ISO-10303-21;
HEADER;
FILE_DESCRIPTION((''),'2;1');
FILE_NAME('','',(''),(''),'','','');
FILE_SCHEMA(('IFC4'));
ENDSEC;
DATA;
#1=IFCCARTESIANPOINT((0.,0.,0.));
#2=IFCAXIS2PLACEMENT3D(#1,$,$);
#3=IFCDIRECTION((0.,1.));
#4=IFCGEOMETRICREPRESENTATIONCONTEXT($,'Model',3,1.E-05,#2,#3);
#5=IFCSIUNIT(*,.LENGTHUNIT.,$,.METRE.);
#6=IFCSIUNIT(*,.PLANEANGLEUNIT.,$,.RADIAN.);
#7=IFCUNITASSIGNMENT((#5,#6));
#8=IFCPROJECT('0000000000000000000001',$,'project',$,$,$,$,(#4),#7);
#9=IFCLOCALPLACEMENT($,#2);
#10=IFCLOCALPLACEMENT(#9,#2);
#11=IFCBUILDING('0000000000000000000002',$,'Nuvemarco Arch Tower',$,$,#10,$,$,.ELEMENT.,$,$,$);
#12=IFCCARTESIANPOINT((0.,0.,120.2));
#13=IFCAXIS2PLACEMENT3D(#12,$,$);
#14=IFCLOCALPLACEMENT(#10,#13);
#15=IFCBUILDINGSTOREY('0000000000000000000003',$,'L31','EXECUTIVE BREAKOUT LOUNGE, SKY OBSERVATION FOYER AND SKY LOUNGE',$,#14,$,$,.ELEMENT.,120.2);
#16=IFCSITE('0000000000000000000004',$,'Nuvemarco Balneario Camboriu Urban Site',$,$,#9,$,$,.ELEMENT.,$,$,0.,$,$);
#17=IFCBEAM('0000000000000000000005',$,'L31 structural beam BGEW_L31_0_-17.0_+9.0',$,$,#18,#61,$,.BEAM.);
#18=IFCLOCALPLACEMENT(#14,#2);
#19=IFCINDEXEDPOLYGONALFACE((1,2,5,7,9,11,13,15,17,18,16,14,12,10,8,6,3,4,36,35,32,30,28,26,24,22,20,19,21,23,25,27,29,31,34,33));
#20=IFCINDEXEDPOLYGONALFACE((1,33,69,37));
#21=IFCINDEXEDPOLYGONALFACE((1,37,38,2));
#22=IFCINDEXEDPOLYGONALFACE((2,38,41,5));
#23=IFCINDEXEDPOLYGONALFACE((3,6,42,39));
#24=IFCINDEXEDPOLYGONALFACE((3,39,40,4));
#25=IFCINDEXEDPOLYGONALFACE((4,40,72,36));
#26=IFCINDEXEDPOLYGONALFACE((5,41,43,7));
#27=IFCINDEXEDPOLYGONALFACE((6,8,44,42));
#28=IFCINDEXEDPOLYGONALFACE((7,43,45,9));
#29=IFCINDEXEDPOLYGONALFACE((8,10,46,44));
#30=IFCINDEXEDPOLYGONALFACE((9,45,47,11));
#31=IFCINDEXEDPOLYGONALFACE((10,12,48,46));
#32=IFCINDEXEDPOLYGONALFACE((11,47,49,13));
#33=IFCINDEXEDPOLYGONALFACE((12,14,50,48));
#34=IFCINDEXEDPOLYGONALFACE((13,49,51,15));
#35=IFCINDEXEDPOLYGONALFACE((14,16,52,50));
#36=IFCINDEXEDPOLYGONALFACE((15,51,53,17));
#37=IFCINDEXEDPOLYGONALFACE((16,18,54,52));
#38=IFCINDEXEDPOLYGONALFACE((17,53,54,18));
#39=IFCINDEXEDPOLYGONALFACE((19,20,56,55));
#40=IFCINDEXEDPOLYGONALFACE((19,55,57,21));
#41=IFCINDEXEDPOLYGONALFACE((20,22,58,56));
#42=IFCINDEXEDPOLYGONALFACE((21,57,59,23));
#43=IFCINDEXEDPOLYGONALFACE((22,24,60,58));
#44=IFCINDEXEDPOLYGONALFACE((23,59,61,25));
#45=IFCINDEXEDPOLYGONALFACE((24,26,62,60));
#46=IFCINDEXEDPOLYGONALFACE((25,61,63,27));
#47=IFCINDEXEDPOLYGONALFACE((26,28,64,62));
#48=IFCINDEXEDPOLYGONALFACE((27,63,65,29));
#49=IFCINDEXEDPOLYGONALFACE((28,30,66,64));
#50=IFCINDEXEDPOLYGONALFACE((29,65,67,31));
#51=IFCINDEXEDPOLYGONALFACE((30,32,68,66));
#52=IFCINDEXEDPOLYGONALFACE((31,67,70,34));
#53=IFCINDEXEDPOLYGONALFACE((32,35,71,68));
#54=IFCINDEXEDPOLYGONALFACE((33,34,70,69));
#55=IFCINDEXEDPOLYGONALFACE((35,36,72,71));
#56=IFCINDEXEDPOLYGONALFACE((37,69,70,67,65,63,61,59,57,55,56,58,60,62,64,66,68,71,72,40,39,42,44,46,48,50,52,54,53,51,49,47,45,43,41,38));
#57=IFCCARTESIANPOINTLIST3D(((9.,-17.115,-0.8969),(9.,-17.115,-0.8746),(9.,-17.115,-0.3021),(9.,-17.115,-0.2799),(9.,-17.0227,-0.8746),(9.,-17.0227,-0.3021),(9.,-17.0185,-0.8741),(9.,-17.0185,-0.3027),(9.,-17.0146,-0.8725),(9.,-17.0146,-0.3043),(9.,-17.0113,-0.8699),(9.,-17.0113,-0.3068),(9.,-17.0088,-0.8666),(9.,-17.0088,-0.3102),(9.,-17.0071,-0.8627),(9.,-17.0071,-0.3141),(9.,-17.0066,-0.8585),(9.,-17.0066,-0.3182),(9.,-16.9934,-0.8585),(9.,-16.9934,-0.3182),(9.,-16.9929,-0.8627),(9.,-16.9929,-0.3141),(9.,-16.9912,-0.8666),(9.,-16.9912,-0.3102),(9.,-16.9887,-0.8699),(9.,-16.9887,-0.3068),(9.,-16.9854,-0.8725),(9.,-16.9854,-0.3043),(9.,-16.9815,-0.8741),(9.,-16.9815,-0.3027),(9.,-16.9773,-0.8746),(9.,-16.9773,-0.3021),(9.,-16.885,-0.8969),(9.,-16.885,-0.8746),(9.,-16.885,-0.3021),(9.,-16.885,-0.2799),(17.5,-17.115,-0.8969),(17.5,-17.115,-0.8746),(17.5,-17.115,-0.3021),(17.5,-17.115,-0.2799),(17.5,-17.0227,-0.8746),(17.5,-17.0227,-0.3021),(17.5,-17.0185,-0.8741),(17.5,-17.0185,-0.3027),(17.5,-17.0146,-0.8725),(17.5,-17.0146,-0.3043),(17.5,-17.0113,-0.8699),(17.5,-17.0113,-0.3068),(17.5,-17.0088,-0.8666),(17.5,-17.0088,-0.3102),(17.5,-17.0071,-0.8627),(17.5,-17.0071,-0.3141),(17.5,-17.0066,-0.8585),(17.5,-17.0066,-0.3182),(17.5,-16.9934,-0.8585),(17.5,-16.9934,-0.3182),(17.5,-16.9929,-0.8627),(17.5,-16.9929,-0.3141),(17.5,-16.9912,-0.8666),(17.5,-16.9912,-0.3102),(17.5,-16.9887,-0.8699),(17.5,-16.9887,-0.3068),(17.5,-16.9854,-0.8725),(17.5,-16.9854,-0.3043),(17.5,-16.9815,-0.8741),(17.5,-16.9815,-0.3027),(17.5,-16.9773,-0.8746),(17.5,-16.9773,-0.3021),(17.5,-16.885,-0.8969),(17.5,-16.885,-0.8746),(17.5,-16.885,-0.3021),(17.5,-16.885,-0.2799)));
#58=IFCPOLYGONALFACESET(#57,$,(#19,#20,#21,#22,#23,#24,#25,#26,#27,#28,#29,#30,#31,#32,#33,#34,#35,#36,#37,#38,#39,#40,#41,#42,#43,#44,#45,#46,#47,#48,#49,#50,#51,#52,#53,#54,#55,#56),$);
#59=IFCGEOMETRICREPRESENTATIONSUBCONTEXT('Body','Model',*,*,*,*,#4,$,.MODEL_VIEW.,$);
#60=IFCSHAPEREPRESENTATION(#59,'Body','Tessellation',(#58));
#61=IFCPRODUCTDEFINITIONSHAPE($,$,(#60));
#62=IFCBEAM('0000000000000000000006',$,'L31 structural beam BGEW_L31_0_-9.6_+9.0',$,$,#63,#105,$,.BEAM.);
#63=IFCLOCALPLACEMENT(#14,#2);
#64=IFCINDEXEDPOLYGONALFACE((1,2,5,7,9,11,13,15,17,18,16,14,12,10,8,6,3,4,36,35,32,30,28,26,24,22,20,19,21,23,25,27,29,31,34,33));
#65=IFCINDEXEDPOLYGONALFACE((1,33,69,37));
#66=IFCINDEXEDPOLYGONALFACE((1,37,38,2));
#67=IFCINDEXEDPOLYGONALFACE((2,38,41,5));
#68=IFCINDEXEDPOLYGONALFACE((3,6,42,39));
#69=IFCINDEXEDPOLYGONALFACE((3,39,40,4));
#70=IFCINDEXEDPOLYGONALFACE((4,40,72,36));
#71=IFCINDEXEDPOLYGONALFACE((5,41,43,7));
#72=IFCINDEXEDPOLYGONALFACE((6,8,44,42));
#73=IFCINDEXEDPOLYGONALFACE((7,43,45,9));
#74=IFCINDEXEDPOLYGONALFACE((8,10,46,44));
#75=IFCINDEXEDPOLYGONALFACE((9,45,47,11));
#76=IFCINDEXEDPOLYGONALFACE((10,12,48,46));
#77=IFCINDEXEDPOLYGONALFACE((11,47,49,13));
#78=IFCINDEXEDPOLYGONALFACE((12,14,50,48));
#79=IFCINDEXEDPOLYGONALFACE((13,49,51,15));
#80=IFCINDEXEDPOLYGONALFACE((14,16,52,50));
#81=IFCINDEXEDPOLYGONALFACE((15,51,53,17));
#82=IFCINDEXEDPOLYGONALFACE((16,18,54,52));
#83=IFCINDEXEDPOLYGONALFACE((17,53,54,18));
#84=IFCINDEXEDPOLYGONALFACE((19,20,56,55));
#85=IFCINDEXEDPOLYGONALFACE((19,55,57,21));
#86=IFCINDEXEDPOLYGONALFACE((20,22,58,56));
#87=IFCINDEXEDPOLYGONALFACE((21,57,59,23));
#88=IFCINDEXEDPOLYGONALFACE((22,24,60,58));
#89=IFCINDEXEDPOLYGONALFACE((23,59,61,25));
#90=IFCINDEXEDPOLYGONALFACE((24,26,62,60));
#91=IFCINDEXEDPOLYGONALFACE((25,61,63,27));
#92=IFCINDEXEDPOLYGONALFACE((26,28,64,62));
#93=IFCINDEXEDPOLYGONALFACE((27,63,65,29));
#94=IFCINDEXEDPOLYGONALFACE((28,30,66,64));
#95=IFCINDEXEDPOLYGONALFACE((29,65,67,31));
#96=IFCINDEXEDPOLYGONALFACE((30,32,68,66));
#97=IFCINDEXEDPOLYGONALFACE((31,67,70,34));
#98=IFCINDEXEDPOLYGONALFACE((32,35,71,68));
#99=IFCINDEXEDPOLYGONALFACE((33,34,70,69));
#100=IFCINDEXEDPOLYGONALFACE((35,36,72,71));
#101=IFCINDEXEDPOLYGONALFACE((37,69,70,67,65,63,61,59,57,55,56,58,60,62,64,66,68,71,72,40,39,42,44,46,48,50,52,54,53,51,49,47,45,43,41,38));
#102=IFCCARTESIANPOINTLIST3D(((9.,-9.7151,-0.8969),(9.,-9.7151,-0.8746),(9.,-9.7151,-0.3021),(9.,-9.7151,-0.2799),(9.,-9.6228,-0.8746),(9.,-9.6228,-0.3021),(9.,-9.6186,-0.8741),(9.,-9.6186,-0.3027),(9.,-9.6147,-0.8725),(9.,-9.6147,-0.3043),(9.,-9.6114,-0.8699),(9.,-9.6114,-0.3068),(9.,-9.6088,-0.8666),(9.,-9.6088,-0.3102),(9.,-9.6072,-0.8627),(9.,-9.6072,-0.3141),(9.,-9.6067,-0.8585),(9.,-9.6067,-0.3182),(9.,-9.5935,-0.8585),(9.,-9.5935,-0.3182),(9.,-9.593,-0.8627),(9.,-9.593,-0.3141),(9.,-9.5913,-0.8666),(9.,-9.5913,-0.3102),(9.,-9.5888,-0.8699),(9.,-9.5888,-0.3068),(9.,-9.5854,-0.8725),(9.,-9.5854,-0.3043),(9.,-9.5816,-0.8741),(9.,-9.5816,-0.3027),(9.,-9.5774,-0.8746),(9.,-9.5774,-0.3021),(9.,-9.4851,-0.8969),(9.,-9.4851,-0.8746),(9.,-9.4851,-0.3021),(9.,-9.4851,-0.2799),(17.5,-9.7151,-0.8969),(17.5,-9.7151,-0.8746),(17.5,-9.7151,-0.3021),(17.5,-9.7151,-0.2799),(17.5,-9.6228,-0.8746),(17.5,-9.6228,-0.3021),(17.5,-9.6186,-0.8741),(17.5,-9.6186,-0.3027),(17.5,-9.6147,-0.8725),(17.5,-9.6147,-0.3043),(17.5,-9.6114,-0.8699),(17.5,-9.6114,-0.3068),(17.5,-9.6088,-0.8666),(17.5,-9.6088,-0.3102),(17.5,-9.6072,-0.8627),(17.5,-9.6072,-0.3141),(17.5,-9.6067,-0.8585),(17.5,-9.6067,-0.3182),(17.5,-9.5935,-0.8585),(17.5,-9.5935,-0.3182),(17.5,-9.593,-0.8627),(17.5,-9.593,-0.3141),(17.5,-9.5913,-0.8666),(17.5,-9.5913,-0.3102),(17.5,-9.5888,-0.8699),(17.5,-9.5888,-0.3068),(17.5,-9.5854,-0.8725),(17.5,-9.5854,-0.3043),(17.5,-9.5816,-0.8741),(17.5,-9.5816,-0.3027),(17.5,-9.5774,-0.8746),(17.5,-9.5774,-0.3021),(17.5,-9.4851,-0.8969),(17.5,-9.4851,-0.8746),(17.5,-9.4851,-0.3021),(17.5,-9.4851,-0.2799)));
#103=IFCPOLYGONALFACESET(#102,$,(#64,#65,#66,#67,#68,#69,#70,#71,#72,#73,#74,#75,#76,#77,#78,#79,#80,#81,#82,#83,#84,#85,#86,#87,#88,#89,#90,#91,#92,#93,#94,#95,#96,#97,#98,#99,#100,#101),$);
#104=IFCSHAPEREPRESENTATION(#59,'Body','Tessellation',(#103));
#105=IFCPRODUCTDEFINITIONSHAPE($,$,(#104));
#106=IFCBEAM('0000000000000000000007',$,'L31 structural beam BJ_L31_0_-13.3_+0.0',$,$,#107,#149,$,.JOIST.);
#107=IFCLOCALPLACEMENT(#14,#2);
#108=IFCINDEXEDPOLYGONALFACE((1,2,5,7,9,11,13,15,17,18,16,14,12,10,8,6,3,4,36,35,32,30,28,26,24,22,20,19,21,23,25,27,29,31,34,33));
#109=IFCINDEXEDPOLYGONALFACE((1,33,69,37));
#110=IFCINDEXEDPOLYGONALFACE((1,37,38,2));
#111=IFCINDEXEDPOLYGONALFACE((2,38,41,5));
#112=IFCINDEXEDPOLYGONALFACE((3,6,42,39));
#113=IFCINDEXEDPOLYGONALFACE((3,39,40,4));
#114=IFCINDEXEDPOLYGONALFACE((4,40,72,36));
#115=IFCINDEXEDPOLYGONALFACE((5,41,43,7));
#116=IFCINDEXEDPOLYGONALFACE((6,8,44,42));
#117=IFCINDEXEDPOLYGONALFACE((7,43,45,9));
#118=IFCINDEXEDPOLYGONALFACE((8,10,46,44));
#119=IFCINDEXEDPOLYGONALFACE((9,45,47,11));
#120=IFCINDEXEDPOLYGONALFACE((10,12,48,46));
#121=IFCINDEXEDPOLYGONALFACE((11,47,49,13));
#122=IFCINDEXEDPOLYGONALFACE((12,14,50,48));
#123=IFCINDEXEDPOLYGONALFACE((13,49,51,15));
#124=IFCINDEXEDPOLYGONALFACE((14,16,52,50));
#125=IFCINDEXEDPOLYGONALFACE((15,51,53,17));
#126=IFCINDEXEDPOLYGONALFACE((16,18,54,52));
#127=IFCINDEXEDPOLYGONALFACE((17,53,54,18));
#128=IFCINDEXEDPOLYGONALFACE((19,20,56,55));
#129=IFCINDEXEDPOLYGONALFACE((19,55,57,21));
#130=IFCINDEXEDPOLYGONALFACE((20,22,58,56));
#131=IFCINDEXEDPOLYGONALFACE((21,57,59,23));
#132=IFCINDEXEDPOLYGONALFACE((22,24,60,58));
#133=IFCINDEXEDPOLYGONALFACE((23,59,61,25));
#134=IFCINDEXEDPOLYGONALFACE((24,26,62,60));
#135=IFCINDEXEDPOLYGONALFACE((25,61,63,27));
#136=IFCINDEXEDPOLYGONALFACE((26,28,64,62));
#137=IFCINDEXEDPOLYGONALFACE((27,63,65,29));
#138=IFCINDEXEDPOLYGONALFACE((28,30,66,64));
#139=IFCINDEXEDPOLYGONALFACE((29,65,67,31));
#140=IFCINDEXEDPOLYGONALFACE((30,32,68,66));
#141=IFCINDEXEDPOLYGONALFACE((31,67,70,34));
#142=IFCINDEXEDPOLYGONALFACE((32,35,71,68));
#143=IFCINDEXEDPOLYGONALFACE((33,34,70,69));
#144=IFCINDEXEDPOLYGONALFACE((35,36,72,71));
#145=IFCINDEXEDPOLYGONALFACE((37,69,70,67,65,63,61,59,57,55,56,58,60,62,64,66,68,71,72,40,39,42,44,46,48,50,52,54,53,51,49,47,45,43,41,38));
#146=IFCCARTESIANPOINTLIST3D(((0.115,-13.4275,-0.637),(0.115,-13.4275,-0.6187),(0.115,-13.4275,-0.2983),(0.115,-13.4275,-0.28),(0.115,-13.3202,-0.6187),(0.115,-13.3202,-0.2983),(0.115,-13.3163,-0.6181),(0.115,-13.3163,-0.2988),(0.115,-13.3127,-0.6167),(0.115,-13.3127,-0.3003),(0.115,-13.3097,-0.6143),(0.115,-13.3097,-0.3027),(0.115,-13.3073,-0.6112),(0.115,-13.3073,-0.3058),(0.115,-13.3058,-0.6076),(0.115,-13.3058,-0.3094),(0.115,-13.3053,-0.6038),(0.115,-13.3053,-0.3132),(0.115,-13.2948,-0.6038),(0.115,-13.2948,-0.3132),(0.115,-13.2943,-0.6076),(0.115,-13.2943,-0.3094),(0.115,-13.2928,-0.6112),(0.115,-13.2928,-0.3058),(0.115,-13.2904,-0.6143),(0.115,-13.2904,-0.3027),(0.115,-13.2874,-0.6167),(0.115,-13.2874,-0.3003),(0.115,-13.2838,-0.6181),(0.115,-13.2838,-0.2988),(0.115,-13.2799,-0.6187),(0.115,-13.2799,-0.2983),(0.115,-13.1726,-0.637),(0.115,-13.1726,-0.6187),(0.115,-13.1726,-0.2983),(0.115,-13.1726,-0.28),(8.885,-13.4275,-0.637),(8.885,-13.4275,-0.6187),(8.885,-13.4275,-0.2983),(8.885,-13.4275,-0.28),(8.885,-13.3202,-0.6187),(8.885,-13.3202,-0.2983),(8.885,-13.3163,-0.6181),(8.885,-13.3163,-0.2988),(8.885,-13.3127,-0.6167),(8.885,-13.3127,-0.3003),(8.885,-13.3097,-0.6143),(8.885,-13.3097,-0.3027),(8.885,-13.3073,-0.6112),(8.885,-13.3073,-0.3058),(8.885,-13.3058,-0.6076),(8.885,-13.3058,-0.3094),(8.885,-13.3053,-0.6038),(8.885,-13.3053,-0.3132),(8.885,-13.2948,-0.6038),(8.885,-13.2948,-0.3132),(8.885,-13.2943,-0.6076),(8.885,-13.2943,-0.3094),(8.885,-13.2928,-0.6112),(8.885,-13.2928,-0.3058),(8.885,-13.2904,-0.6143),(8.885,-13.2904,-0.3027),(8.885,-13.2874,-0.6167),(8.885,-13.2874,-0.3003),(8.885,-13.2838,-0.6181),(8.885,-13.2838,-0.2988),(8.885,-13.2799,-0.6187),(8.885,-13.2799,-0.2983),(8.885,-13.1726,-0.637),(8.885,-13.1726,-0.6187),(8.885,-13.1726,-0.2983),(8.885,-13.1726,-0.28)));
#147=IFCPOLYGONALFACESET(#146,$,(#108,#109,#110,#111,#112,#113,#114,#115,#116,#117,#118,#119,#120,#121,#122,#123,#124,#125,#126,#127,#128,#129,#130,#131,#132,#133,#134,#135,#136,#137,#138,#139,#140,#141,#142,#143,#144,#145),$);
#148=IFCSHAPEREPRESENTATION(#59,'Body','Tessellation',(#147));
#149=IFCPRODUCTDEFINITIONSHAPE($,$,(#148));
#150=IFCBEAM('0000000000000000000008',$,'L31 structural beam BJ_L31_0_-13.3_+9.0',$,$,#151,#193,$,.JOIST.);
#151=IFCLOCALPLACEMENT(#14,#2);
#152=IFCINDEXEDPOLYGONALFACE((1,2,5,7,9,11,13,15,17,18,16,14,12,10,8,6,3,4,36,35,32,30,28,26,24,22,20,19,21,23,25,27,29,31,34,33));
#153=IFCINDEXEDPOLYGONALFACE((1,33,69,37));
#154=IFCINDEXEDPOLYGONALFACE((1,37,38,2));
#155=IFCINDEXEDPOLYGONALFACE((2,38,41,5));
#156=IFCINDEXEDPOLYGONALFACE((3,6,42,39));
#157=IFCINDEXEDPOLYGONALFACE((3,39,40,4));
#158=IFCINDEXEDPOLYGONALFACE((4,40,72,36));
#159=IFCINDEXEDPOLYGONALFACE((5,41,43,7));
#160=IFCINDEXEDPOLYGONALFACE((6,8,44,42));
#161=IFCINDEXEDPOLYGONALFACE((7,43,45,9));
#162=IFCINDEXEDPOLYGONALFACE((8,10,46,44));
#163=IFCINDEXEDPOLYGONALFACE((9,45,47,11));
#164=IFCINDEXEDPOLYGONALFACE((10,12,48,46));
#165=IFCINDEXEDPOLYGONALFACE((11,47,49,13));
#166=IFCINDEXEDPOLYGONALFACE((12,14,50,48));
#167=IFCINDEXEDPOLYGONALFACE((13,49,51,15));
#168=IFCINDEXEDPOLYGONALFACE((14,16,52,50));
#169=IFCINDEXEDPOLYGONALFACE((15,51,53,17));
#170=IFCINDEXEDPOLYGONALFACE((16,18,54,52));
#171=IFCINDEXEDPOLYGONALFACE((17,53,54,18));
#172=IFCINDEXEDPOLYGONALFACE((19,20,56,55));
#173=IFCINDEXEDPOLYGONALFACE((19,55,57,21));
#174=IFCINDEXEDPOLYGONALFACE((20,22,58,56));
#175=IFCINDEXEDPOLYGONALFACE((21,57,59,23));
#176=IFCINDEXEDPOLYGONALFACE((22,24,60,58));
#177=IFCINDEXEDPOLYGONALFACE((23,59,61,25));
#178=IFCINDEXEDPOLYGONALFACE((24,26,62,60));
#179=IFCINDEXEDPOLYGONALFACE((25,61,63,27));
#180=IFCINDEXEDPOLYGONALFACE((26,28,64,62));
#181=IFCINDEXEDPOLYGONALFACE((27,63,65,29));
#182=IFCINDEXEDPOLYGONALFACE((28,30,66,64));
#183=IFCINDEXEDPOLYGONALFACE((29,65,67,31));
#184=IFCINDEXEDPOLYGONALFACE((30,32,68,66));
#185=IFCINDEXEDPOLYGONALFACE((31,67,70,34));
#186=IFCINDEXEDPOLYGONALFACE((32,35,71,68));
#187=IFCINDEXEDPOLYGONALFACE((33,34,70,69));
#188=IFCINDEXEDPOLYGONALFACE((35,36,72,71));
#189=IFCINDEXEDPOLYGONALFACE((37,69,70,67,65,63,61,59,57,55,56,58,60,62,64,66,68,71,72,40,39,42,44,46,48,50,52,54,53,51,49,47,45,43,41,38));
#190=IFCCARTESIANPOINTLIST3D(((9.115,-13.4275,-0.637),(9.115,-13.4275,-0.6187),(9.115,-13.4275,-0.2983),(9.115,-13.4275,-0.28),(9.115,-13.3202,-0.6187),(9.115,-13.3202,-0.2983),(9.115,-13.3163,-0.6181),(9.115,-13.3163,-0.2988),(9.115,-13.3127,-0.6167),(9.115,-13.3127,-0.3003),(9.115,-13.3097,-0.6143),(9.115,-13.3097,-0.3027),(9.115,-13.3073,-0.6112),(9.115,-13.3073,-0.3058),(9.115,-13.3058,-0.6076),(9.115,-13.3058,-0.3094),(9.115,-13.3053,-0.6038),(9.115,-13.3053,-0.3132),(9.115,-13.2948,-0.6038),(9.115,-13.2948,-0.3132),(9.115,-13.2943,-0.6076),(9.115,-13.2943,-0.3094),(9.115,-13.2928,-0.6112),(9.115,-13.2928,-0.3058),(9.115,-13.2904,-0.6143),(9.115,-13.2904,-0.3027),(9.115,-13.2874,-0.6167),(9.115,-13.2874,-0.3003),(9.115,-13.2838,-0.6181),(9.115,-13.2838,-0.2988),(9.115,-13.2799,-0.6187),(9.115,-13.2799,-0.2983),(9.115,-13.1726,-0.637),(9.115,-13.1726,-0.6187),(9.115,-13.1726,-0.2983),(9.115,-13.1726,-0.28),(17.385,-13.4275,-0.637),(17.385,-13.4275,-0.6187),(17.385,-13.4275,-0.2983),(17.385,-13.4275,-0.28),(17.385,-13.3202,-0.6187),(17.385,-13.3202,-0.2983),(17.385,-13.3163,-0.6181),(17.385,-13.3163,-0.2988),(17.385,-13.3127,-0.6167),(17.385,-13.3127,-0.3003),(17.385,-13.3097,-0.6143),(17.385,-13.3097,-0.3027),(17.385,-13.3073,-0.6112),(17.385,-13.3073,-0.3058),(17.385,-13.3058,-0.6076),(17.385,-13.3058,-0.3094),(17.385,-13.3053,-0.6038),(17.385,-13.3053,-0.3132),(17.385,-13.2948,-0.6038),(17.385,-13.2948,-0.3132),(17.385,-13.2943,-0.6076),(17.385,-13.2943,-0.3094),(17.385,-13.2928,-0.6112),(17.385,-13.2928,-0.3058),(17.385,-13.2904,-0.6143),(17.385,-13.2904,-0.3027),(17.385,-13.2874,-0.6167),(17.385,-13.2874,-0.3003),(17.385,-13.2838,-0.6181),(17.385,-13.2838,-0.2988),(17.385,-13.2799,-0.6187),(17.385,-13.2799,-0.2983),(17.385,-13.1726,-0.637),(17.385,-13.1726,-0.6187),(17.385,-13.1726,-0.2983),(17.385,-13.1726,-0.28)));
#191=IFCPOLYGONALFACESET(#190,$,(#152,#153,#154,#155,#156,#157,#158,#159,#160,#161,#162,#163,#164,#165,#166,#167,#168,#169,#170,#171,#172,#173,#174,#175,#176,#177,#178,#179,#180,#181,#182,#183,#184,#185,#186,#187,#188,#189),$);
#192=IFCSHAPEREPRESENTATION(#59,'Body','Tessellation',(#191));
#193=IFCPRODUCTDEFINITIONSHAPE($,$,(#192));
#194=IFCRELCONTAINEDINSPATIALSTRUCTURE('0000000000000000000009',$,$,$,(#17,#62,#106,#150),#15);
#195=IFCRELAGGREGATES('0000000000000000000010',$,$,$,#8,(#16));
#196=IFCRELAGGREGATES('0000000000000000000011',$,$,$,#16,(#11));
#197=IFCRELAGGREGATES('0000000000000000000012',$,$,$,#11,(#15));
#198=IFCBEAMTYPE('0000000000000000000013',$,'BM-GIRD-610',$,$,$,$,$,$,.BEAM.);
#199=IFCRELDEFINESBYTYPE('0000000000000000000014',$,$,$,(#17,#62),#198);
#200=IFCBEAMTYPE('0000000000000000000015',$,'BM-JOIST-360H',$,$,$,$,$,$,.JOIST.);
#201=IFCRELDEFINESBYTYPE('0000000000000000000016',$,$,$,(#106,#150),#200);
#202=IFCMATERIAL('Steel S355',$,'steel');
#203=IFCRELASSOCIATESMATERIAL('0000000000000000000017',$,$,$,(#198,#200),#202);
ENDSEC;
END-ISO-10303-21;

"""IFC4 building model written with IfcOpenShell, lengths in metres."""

from ifc_helpers import new_model, si_unit, direction, frame, origin, origin_2d, place, context, subcontext, project, spatial, i_section, extrude, material, material_profile, profile_set, type_object, element, save


model = new_model("IFC4")

# Units and contexts
model_context = context("Model", 3, precision=1e-05, world=origin(), true_north=direction((0.0, 1.0)))
body_context = subcontext(model_context, "Body", "Model", "MODEL_VIEW")
ifc_project = project(units=[si_unit("LENGTHUNIT", "METRE"), si_unit("PLANEANGLEUNIT", "RADIAN")], contexts=[model_context])

# Site, building, storey
site_placement = place(None, origin())
site = spatial("IfcSite", under=ifc_project, at=site_placement, Name="Nuvemarco Balneario Camboriu Urban Site", CompositionType="ELEMENT", RefElevation=0.0)
building_placement = place(site_placement, origin())
building = spatial("IfcBuilding", under=site, at=building_placement, Name="Nuvemarco Arch Tower", CompositionType="ELEMENT")
storey_placement = place(building_placement, frame((0.0, 0.0, 120.2)))
storey = spatial("IfcBuildingStorey", under=building, at=storey_placement, Name="L31", Description="EXECUTIVE BREAKOUT LOUNGE, SKY OBSERVATION FOYER AND SKY LOUNGE", CompositionType="ELEMENT", Elevation=120.2)

# Shared definitions
ifc_material_1 = material(Name="Steel S355", Category="steel")

# Beams
ifc_material_profile_1 = material_profile(ifc_material_1, i_section(OverallWidth=0.23, OverallDepth=0.6169, WebThickness=0.0132, FlangeThickness=0.0222, FilletRadius=0.0161, at=origin_2d()), Name="W610x140")
ifc_profile_set_1 = profile_set([ifc_material_profile_1], Name="Steel S355")
beam_type_1 = type_object("IfcBeamType", Name="BM-GIRD-610", PredefinedType="BEAM", material=ifc_profile_set_1)
for number, where, z_axis, x_axis, name in (
    (1, (9.0, -17.0, -0.5884), (1.0, 0.0, 0.0), (0.0, 1.0, 0.0), "L31 structural beam BGEW_L31_0_-17.0_+9.0"),
    (2, (9.0, -9.6001, -0.5884), (1.0, 0.0, 0.0), (0.0, 1.0, 0.0), "L31 structural beam BGEW_L31_0_-9.6_+9.0"),
):
    element("IfcBeam", number, at=place(storey_placement, frame(where, z_axis=z_axis, x_axis=x_axis)), inside=storey, type_object=beam_type_1, Name=name, PredefinedType="BEAM", context=body_context, shape_type="SweptSolid", body=[
        extrude(i_section(OverallWidth=0.23, OverallDepth=0.6169, WebThickness=0.0132, FlangeThickness=0.0222, FilletRadius=0.0161, at=origin_2d()), origin(), (0.0, 0.0, 1.0), 8.5),
    ])
ifc_material_profile_2 = material_profile(ifc_material_1, i_section(OverallWidth=0.2549, OverallDepth=0.3569, WebThickness=0.0105, FlangeThickness=0.0183, FilletRadius=0.0149, at=origin_2d()), Name="W360x101")
ifc_profile_set_2 = profile_set([ifc_material_profile_2], Name="Steel S355")
beam_type_2 = type_object("IfcBeamType", Name="BM-JOIST-360H", PredefinedType="JOIST", material=ifc_profile_set_2)
beam_1_placement = place(storey_placement, frame((0.115, -13.3, -0.4585), z_axis=(1.0, 0.0, 0.0), x_axis=(0.0, 1.0, 0.0)))
element("IfcBeam", 3, at=beam_1_placement, inside=storey, type_object=beam_type_2, Name="L31 structural beam BJ_L31_0_-13.3_+0.0", PredefinedType="JOIST", context=body_context, shape_type="SweptSolid", body=[
    extrude(i_section(OverallWidth=0.2549, OverallDepth=0.3569, WebThickness=0.0105, FlangeThickness=0.0183, FilletRadius=0.0149, at=origin_2d()), origin(), (0.0, 0.0, 1.0), 8.77),
])
beam_2_placement = place(storey_placement, frame((9.115, -13.3, -0.4585), z_axis=(1.0, 0.0, 0.0), x_axis=(0.0, 1.0, 0.0)))
element("IfcBeam", 4, at=beam_2_placement, inside=storey, type_object=beam_type_2, Name="L31 structural beam BJ_L31_0_-13.3_+9.0", PredefinedType="JOIST", context=body_context, shape_type="SweptSolid", body=[
    extrude(i_section(OverallWidth=0.2549, OverallDepth=0.3569, WebThickness=0.0105, FlangeThickness=0.0183, FilletRadius=0.0149, at=origin_2d()), origin(), (0.0, 0.0, 1.0), 8.27),
])

save(model, "model.ifc")
